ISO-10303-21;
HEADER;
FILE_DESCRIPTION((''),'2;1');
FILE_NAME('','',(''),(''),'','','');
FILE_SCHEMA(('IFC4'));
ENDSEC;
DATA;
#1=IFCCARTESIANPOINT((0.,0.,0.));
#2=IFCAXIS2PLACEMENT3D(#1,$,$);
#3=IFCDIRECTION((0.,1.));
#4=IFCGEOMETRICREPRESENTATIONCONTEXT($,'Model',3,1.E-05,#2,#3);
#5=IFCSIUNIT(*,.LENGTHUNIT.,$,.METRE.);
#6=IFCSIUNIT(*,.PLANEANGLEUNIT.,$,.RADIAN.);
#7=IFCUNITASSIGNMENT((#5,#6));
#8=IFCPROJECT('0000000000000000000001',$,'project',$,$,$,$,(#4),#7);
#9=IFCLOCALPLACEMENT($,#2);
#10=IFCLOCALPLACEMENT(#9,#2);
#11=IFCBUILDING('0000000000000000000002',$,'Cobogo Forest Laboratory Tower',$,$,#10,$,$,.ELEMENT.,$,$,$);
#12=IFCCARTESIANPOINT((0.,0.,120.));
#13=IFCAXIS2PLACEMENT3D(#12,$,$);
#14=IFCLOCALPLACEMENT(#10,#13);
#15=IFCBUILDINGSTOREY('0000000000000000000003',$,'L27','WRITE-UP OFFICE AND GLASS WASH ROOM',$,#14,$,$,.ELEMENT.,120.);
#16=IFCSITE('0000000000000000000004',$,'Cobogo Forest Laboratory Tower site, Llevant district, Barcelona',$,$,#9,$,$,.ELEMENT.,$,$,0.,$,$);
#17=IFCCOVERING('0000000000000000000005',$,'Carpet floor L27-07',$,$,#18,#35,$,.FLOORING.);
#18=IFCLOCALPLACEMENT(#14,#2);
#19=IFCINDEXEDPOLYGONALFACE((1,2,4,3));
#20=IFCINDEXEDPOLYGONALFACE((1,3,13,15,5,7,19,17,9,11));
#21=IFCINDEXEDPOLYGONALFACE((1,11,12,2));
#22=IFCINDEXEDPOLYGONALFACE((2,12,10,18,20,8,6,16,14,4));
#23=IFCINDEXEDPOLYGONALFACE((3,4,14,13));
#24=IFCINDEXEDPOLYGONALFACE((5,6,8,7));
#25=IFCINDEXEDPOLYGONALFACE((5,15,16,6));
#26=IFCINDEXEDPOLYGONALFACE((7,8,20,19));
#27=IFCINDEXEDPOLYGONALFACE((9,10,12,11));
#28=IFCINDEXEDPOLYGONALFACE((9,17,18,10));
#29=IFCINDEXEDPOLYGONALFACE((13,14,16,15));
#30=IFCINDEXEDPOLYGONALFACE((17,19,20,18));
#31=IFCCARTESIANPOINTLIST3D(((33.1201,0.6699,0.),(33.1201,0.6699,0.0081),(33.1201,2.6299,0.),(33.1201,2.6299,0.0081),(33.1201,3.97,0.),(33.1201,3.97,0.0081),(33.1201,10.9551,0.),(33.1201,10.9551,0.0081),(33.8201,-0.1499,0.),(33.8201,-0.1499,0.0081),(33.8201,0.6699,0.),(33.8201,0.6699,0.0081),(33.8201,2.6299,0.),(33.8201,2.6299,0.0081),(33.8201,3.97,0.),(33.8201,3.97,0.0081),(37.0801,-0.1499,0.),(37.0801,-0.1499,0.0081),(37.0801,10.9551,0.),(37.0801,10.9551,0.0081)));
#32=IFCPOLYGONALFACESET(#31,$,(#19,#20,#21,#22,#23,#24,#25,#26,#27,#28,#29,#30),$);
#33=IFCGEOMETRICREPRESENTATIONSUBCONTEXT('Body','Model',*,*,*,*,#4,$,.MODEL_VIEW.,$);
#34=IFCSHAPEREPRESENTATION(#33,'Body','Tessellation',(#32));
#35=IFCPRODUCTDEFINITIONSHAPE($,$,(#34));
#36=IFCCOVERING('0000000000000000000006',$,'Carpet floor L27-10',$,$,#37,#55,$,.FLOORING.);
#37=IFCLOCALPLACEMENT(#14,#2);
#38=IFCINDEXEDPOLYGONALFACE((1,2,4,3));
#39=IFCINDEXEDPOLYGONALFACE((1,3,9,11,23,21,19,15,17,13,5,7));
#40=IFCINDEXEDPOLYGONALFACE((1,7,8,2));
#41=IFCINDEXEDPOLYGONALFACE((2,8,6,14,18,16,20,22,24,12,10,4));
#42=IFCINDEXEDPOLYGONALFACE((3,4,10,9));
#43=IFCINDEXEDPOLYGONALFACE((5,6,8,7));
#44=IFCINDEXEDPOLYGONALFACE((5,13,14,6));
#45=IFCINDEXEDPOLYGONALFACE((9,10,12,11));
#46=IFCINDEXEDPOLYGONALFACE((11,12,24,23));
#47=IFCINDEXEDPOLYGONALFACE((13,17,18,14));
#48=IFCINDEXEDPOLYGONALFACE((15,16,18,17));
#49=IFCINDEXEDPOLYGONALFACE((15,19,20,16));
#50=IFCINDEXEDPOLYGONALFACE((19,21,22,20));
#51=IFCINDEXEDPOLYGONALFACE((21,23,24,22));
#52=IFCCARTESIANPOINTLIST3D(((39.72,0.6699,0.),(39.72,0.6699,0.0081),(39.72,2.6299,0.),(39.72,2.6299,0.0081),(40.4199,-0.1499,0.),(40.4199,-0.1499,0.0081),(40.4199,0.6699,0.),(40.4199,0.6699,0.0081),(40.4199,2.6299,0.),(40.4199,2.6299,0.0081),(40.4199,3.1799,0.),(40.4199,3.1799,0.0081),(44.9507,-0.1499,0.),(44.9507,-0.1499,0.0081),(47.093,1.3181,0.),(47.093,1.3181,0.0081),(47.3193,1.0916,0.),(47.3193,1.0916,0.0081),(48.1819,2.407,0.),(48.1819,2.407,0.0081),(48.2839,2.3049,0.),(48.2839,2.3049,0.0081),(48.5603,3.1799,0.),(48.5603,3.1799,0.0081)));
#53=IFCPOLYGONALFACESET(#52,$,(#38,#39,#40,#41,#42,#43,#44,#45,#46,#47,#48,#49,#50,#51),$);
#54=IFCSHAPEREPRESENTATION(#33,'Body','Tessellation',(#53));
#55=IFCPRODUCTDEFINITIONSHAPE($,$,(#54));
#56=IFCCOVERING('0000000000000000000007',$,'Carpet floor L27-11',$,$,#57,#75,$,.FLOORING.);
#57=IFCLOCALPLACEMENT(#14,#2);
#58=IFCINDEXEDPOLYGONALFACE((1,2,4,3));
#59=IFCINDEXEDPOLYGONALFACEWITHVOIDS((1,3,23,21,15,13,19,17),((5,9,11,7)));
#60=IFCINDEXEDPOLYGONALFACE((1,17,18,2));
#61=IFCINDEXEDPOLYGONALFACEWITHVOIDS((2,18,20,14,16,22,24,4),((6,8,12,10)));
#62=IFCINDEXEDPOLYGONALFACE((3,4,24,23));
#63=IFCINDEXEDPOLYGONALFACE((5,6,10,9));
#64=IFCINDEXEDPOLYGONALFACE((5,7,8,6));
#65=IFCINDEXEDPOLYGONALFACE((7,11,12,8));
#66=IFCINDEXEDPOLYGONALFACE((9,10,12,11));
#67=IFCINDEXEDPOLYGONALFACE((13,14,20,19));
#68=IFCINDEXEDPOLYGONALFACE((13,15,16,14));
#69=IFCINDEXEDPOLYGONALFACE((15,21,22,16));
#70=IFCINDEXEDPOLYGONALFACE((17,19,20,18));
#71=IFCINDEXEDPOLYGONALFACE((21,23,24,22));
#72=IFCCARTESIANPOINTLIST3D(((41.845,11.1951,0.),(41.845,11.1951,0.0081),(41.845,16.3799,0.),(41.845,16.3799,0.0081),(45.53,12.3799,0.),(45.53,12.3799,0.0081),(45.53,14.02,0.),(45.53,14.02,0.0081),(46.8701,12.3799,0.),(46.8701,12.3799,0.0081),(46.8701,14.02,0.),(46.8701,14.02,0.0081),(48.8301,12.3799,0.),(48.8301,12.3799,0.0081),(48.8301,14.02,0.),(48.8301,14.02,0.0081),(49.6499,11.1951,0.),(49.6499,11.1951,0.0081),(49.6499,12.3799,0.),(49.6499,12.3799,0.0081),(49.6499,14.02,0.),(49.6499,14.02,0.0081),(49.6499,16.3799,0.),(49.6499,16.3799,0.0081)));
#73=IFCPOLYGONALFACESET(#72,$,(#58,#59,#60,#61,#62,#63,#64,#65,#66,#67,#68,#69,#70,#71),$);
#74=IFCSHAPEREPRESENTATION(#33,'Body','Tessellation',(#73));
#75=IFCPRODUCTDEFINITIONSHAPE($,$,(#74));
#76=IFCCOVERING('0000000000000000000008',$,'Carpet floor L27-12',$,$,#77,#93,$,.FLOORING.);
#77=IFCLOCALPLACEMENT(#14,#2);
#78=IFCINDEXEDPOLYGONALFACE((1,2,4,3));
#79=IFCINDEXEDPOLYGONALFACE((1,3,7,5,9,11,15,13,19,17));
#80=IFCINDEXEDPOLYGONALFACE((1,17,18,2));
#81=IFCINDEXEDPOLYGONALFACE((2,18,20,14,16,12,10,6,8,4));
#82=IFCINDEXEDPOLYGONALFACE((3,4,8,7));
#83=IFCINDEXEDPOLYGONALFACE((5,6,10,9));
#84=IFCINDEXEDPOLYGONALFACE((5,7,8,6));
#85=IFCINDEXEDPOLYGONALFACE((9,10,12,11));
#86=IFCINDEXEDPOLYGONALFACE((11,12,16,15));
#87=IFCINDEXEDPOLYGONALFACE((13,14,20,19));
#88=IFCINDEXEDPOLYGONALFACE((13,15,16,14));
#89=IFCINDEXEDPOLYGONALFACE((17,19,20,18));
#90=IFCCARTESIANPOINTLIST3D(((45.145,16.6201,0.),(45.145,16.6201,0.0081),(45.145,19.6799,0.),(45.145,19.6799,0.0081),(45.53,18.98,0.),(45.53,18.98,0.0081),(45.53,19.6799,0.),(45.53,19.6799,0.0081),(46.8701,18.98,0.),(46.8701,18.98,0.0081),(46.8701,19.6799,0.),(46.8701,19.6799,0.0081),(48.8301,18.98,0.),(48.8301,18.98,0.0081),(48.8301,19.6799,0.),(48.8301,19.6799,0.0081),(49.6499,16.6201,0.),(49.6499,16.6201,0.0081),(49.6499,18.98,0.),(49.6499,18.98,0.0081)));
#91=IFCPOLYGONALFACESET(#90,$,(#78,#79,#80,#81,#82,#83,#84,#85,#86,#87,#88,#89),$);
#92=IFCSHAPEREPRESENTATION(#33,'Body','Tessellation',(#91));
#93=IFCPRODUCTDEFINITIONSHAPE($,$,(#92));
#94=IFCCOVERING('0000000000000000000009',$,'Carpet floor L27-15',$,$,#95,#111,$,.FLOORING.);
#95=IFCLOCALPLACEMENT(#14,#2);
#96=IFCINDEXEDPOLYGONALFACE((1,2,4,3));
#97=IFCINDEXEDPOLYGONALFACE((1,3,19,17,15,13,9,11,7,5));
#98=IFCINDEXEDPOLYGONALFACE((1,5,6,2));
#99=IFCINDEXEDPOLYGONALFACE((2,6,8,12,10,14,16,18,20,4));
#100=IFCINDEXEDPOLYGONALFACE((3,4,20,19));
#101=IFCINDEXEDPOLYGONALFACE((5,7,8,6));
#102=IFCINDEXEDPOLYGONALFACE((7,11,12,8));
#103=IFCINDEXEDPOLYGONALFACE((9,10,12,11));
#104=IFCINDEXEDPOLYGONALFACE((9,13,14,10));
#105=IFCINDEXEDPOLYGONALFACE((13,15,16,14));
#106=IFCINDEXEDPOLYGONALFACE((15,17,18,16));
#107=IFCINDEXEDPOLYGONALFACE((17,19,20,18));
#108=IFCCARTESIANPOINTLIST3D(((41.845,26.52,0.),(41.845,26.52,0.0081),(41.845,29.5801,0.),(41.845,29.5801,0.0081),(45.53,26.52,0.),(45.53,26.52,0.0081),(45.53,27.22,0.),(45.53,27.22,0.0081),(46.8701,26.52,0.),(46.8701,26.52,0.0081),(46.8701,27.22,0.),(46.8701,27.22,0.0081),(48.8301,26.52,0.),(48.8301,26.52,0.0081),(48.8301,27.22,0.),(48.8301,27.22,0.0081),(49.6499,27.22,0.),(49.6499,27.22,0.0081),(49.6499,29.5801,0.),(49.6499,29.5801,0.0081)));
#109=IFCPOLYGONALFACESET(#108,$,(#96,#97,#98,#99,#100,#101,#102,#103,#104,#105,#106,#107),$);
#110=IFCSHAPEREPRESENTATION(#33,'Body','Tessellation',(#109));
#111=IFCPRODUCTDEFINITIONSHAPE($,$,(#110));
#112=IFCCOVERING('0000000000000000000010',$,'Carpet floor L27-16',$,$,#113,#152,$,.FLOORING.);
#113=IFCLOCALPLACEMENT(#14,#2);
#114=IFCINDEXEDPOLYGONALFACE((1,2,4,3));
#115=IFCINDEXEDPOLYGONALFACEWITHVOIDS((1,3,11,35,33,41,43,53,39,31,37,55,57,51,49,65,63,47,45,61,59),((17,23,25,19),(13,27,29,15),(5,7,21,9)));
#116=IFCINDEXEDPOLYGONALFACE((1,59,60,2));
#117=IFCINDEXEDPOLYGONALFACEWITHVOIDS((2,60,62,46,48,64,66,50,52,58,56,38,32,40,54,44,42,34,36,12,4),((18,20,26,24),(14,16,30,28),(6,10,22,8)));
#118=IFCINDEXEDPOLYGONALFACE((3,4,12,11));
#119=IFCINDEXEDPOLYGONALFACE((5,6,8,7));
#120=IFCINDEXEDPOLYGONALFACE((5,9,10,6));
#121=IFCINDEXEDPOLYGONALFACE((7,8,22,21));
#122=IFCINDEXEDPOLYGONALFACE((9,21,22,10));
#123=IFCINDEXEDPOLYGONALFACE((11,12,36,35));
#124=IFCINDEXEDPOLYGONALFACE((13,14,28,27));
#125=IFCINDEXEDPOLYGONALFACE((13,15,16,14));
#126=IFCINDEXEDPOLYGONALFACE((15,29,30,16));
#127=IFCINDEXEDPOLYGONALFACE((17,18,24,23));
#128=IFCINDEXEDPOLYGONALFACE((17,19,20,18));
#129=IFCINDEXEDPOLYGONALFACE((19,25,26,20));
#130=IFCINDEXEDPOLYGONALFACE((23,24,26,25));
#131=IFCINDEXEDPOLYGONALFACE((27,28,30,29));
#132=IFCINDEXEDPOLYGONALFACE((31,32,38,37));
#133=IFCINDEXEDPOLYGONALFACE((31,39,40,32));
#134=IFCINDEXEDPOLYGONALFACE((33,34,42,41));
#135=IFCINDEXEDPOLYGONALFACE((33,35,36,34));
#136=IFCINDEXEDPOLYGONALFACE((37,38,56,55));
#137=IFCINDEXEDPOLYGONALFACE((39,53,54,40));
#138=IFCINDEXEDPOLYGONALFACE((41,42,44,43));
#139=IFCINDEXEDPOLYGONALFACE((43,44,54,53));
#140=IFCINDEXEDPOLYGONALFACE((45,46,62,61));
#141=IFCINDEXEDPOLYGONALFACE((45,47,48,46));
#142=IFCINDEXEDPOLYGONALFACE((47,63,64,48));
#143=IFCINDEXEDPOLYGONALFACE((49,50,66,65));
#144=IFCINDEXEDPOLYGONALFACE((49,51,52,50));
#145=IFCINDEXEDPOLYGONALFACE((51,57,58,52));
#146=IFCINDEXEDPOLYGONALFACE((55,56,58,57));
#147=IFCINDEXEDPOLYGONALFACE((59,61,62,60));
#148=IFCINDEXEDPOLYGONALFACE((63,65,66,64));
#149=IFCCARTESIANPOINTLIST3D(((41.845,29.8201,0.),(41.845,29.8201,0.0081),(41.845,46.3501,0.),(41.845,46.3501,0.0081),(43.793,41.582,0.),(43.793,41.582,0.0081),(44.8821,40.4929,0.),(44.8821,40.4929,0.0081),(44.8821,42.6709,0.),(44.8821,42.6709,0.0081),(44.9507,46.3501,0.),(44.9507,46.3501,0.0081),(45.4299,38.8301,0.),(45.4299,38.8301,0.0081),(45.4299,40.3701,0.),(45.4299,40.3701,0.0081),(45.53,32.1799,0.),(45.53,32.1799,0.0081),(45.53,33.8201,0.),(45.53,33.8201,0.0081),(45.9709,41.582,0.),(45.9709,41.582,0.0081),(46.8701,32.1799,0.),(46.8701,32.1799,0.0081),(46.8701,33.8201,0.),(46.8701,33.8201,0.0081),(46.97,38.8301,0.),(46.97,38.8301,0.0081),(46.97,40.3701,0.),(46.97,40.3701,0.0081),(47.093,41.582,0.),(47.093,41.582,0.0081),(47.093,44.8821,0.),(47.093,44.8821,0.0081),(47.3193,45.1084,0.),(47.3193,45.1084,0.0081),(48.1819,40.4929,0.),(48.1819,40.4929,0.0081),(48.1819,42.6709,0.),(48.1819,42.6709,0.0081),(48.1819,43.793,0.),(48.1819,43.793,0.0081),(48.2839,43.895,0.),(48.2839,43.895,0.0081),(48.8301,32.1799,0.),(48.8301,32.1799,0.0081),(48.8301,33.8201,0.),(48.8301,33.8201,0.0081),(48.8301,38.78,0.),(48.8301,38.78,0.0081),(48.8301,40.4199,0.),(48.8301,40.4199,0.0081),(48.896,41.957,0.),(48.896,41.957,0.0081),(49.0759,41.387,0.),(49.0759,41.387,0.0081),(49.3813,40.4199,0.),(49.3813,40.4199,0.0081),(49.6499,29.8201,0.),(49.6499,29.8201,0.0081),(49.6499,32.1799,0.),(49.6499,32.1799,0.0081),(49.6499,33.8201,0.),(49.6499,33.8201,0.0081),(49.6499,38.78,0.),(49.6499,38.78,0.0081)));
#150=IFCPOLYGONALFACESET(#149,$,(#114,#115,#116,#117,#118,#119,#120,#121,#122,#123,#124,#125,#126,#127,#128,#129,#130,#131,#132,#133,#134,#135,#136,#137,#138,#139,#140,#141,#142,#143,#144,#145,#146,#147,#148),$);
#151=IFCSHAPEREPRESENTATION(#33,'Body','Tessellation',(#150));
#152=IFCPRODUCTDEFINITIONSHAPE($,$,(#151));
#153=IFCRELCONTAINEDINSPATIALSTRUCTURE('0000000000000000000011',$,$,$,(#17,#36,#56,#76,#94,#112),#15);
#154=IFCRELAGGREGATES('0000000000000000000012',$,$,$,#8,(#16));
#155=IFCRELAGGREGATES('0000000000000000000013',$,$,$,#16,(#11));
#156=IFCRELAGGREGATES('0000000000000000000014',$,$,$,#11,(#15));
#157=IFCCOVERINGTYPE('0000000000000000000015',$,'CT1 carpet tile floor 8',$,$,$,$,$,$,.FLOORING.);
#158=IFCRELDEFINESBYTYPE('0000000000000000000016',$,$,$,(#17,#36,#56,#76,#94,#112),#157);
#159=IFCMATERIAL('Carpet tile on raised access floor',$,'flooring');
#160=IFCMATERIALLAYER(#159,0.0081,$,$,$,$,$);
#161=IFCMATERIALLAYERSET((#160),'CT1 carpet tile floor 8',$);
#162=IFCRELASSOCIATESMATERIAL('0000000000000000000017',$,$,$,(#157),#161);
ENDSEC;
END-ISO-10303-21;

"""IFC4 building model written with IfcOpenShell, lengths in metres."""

from ifc_helpers import new_model, si_unit, direction, frame, origin, place, context, subcontext, project, spatial, polyline, outline, extrude, material, layer, layer_set, type_object, element, save


model = new_model("IFC4")

# Units and contexts
model_context = context("Model", 3, precision=1e-05, world=origin(), true_north=direction((0.0, 1.0)))
body_context = subcontext(model_context, "Body", "Model", "MODEL_VIEW")
ifc_project = project(units=[si_unit("LENGTHUNIT", "METRE"), si_unit("PLANEANGLEUNIT", "RADIAN")], contexts=[model_context])

# Site, building, storey
site_placement = place(None, origin())
site = spatial("IfcSite", under=ifc_project, at=site_placement, Name="Cobogo Forest Laboratory Tower site, Llevant district, Barcelona", CompositionType="ELEMENT", RefElevation=0.0)
building_placement = place(site_placement, origin())
building = spatial("IfcBuilding", under=site, at=building_placement, Name="Cobogo Forest Laboratory Tower", CompositionType="ELEMENT")
storey_placement = place(building_placement, frame((0.0, 0.0, 120.0)))
storey = spatial("IfcBuildingStorey", under=building, at=storey_placement, Name="L27", Description="WRITE-UP OFFICE AND GLASS WASH ROOM", CompositionType="ELEMENT", Elevation=120.0)

# Coverings
ifc_material_1 = material(Name="Carpet tile on raised access floor", Category="flooring")
ifc_layer_1 = layer(ifc_material_1, 0.0081)
ifc_layer_set_1 = layer_set([ifc_layer_1], Name="CT1 carpet tile floor 8")
covering_type_1 = type_object("IfcCoveringType", Name="CT1 carpet tile floor 8", PredefinedType="FLOORING", material=ifc_layer_set_1)
covering_1_placement = place(storey_placement, origin())
element("IfcCovering", 1, at=covering_1_placement, inside=storey, type_object=covering_type_1, Name="Carpet floor L27-07", PredefinedType="FLOORING", context=body_context, shape_type="SweptSolid", body=[
    extrude(outline(polyline([(37.0801, 10.9551), (37.0801, -0.1499), (33.8201, -0.1499), (33.8201, 0.6699), (33.1201, 0.6699), (33.1201, 2.6299), (33.8201, 2.6299), (33.8201, 3.97), (33.1201, 3.97), (33.1201, 10.9551), (37.0801, 10.9551)])), origin(), (0.0, 0.0, 1.0), 0.0081),
])
covering_2_placement = place(storey_placement, origin())
element("IfcCovering", 2, at=covering_2_placement, inside=storey, type_object=covering_type_1, Name="Carpet floor L27-10", PredefinedType="FLOORING", context=body_context, shape_type="SweptSolid", body=[
    extrude(outline(polyline([(48.5603, 3.1799), (48.2839, 2.3049), (48.1819, 2.407), (47.093, 1.3181), (47.3193, 1.0916), (44.9507, -0.1499), (40.4199, -0.1499), (40.4199, 0.6699), (39.72, 0.6699), (39.72, 2.6299), (40.4199, 2.6299), (40.4199, 3.1799), (48.5603, 3.1799)])), origin(), (0.0, 0.0, 1.0), 0.0081),
])
covering_3_placement = place(storey_placement, origin())
element("IfcCovering", 3, at=covering_3_placement, inside=storey, type_object=covering_type_1, Name="Carpet floor L27-11", PredefinedType="FLOORING", context=body_context, shape_type="SweptSolid", body=[
    extrude(outline(polyline([(41.845, 16.3799), (49.6499, 16.3799), (49.6499, 14.02), (48.8301, 14.02), (48.8301, 12.3799), (49.6499, 12.3799), (49.6499, 11.1951), (41.845, 11.1951), (41.845, 16.3799)]), holes=[polyline([(45.53, 12.3799), (46.8701, 12.3799), (46.8701, 14.02), (45.53, 14.02), (45.53, 12.3799)])]), origin(), (0.0, 0.0, 1.0), 0.0081),
])
covering_4_placement = place(storey_placement, origin())
element("IfcCovering", 4, at=covering_4_placement, inside=storey, type_object=covering_type_1, Name="Carpet floor L27-12", PredefinedType="FLOORING", context=body_context, shape_type="SweptSolid", body=[
    extrude(outline(polyline([(45.145, 19.6799), (45.53, 19.6799), (45.53, 18.98), (46.8701, 18.98), (46.8701, 19.6799), (48.8301, 19.6799), (48.8301, 18.98), (49.6499, 18.98), (49.6499, 16.6201), (45.145, 16.6201), (45.145, 19.6799)])), origin(), (0.0, 0.0, 1.0), 0.0081),
])
covering_5_placement = place(storey_placement, origin())
element("IfcCovering", 5, at=covering_5_placement, inside=storey, type_object=covering_type_1, Name="Carpet floor L27-15", PredefinedType="FLOORING", context=body_context, shape_type="SweptSolid", body=[
    extrude(outline(polyline([(41.845, 29.5801), (49.6499, 29.5801), (49.6499, 27.22), (48.8301, 27.22), (48.8301, 26.52), (46.8701, 26.52), (46.8701, 27.22), (45.53, 27.22), (45.53, 26.52), (41.845, 26.52), (41.845, 29.5801)])), origin(), (0.0, 0.0, 1.0), 0.0081),
])
covering_6_placement = place(storey_placement, origin())
element("IfcCovering", 6, at=covering_6_placement, inside=storey, type_object=covering_type_1, Name="Carpet floor L27-16", PredefinedType="FLOORING", context=body_context, shape_type="SweptSolid", body=[
    extrude(outline(polyline([(41.845, 46.3501), (44.9507, 46.3501), (47.3193, 45.1084), (47.093, 44.8821), (48.1819, 43.793), (48.2839, 43.895), (48.896, 41.957), (48.1819, 42.6709), (47.093, 41.582), (48.1819, 40.4929), (49.0759, 41.387), (49.3813, 40.4199), (48.8301, 40.4199), (48.8301, 38.78), (49.6499, 38.78), (49.6499, 33.8201), (48.8301, 33.8201), (48.8301, 32.1799), (49.6499, 32.1799), (49.6499, 29.8201), (41.845, 29.8201), (41.845, 46.3501)]), holes=[polyline([(45.4299, 40.3701), (45.4299, 38.8301), (46.97, 38.8301), (46.97, 40.3701), (45.4299, 40.3701)]), polyline([(46.8701, 32.1799), (46.8701, 33.8201), (45.53, 33.8201), (45.53, 32.1799), (46.8701, 32.1799)]), polyline([(43.793, 41.582), (44.8821, 40.4929), (45.9709, 41.582), (44.8821, 42.6709), (43.793, 41.582)])]), origin(), (0.0, 0.0, 1.0), 0.0081),
])

save(model, "model.ifc")
